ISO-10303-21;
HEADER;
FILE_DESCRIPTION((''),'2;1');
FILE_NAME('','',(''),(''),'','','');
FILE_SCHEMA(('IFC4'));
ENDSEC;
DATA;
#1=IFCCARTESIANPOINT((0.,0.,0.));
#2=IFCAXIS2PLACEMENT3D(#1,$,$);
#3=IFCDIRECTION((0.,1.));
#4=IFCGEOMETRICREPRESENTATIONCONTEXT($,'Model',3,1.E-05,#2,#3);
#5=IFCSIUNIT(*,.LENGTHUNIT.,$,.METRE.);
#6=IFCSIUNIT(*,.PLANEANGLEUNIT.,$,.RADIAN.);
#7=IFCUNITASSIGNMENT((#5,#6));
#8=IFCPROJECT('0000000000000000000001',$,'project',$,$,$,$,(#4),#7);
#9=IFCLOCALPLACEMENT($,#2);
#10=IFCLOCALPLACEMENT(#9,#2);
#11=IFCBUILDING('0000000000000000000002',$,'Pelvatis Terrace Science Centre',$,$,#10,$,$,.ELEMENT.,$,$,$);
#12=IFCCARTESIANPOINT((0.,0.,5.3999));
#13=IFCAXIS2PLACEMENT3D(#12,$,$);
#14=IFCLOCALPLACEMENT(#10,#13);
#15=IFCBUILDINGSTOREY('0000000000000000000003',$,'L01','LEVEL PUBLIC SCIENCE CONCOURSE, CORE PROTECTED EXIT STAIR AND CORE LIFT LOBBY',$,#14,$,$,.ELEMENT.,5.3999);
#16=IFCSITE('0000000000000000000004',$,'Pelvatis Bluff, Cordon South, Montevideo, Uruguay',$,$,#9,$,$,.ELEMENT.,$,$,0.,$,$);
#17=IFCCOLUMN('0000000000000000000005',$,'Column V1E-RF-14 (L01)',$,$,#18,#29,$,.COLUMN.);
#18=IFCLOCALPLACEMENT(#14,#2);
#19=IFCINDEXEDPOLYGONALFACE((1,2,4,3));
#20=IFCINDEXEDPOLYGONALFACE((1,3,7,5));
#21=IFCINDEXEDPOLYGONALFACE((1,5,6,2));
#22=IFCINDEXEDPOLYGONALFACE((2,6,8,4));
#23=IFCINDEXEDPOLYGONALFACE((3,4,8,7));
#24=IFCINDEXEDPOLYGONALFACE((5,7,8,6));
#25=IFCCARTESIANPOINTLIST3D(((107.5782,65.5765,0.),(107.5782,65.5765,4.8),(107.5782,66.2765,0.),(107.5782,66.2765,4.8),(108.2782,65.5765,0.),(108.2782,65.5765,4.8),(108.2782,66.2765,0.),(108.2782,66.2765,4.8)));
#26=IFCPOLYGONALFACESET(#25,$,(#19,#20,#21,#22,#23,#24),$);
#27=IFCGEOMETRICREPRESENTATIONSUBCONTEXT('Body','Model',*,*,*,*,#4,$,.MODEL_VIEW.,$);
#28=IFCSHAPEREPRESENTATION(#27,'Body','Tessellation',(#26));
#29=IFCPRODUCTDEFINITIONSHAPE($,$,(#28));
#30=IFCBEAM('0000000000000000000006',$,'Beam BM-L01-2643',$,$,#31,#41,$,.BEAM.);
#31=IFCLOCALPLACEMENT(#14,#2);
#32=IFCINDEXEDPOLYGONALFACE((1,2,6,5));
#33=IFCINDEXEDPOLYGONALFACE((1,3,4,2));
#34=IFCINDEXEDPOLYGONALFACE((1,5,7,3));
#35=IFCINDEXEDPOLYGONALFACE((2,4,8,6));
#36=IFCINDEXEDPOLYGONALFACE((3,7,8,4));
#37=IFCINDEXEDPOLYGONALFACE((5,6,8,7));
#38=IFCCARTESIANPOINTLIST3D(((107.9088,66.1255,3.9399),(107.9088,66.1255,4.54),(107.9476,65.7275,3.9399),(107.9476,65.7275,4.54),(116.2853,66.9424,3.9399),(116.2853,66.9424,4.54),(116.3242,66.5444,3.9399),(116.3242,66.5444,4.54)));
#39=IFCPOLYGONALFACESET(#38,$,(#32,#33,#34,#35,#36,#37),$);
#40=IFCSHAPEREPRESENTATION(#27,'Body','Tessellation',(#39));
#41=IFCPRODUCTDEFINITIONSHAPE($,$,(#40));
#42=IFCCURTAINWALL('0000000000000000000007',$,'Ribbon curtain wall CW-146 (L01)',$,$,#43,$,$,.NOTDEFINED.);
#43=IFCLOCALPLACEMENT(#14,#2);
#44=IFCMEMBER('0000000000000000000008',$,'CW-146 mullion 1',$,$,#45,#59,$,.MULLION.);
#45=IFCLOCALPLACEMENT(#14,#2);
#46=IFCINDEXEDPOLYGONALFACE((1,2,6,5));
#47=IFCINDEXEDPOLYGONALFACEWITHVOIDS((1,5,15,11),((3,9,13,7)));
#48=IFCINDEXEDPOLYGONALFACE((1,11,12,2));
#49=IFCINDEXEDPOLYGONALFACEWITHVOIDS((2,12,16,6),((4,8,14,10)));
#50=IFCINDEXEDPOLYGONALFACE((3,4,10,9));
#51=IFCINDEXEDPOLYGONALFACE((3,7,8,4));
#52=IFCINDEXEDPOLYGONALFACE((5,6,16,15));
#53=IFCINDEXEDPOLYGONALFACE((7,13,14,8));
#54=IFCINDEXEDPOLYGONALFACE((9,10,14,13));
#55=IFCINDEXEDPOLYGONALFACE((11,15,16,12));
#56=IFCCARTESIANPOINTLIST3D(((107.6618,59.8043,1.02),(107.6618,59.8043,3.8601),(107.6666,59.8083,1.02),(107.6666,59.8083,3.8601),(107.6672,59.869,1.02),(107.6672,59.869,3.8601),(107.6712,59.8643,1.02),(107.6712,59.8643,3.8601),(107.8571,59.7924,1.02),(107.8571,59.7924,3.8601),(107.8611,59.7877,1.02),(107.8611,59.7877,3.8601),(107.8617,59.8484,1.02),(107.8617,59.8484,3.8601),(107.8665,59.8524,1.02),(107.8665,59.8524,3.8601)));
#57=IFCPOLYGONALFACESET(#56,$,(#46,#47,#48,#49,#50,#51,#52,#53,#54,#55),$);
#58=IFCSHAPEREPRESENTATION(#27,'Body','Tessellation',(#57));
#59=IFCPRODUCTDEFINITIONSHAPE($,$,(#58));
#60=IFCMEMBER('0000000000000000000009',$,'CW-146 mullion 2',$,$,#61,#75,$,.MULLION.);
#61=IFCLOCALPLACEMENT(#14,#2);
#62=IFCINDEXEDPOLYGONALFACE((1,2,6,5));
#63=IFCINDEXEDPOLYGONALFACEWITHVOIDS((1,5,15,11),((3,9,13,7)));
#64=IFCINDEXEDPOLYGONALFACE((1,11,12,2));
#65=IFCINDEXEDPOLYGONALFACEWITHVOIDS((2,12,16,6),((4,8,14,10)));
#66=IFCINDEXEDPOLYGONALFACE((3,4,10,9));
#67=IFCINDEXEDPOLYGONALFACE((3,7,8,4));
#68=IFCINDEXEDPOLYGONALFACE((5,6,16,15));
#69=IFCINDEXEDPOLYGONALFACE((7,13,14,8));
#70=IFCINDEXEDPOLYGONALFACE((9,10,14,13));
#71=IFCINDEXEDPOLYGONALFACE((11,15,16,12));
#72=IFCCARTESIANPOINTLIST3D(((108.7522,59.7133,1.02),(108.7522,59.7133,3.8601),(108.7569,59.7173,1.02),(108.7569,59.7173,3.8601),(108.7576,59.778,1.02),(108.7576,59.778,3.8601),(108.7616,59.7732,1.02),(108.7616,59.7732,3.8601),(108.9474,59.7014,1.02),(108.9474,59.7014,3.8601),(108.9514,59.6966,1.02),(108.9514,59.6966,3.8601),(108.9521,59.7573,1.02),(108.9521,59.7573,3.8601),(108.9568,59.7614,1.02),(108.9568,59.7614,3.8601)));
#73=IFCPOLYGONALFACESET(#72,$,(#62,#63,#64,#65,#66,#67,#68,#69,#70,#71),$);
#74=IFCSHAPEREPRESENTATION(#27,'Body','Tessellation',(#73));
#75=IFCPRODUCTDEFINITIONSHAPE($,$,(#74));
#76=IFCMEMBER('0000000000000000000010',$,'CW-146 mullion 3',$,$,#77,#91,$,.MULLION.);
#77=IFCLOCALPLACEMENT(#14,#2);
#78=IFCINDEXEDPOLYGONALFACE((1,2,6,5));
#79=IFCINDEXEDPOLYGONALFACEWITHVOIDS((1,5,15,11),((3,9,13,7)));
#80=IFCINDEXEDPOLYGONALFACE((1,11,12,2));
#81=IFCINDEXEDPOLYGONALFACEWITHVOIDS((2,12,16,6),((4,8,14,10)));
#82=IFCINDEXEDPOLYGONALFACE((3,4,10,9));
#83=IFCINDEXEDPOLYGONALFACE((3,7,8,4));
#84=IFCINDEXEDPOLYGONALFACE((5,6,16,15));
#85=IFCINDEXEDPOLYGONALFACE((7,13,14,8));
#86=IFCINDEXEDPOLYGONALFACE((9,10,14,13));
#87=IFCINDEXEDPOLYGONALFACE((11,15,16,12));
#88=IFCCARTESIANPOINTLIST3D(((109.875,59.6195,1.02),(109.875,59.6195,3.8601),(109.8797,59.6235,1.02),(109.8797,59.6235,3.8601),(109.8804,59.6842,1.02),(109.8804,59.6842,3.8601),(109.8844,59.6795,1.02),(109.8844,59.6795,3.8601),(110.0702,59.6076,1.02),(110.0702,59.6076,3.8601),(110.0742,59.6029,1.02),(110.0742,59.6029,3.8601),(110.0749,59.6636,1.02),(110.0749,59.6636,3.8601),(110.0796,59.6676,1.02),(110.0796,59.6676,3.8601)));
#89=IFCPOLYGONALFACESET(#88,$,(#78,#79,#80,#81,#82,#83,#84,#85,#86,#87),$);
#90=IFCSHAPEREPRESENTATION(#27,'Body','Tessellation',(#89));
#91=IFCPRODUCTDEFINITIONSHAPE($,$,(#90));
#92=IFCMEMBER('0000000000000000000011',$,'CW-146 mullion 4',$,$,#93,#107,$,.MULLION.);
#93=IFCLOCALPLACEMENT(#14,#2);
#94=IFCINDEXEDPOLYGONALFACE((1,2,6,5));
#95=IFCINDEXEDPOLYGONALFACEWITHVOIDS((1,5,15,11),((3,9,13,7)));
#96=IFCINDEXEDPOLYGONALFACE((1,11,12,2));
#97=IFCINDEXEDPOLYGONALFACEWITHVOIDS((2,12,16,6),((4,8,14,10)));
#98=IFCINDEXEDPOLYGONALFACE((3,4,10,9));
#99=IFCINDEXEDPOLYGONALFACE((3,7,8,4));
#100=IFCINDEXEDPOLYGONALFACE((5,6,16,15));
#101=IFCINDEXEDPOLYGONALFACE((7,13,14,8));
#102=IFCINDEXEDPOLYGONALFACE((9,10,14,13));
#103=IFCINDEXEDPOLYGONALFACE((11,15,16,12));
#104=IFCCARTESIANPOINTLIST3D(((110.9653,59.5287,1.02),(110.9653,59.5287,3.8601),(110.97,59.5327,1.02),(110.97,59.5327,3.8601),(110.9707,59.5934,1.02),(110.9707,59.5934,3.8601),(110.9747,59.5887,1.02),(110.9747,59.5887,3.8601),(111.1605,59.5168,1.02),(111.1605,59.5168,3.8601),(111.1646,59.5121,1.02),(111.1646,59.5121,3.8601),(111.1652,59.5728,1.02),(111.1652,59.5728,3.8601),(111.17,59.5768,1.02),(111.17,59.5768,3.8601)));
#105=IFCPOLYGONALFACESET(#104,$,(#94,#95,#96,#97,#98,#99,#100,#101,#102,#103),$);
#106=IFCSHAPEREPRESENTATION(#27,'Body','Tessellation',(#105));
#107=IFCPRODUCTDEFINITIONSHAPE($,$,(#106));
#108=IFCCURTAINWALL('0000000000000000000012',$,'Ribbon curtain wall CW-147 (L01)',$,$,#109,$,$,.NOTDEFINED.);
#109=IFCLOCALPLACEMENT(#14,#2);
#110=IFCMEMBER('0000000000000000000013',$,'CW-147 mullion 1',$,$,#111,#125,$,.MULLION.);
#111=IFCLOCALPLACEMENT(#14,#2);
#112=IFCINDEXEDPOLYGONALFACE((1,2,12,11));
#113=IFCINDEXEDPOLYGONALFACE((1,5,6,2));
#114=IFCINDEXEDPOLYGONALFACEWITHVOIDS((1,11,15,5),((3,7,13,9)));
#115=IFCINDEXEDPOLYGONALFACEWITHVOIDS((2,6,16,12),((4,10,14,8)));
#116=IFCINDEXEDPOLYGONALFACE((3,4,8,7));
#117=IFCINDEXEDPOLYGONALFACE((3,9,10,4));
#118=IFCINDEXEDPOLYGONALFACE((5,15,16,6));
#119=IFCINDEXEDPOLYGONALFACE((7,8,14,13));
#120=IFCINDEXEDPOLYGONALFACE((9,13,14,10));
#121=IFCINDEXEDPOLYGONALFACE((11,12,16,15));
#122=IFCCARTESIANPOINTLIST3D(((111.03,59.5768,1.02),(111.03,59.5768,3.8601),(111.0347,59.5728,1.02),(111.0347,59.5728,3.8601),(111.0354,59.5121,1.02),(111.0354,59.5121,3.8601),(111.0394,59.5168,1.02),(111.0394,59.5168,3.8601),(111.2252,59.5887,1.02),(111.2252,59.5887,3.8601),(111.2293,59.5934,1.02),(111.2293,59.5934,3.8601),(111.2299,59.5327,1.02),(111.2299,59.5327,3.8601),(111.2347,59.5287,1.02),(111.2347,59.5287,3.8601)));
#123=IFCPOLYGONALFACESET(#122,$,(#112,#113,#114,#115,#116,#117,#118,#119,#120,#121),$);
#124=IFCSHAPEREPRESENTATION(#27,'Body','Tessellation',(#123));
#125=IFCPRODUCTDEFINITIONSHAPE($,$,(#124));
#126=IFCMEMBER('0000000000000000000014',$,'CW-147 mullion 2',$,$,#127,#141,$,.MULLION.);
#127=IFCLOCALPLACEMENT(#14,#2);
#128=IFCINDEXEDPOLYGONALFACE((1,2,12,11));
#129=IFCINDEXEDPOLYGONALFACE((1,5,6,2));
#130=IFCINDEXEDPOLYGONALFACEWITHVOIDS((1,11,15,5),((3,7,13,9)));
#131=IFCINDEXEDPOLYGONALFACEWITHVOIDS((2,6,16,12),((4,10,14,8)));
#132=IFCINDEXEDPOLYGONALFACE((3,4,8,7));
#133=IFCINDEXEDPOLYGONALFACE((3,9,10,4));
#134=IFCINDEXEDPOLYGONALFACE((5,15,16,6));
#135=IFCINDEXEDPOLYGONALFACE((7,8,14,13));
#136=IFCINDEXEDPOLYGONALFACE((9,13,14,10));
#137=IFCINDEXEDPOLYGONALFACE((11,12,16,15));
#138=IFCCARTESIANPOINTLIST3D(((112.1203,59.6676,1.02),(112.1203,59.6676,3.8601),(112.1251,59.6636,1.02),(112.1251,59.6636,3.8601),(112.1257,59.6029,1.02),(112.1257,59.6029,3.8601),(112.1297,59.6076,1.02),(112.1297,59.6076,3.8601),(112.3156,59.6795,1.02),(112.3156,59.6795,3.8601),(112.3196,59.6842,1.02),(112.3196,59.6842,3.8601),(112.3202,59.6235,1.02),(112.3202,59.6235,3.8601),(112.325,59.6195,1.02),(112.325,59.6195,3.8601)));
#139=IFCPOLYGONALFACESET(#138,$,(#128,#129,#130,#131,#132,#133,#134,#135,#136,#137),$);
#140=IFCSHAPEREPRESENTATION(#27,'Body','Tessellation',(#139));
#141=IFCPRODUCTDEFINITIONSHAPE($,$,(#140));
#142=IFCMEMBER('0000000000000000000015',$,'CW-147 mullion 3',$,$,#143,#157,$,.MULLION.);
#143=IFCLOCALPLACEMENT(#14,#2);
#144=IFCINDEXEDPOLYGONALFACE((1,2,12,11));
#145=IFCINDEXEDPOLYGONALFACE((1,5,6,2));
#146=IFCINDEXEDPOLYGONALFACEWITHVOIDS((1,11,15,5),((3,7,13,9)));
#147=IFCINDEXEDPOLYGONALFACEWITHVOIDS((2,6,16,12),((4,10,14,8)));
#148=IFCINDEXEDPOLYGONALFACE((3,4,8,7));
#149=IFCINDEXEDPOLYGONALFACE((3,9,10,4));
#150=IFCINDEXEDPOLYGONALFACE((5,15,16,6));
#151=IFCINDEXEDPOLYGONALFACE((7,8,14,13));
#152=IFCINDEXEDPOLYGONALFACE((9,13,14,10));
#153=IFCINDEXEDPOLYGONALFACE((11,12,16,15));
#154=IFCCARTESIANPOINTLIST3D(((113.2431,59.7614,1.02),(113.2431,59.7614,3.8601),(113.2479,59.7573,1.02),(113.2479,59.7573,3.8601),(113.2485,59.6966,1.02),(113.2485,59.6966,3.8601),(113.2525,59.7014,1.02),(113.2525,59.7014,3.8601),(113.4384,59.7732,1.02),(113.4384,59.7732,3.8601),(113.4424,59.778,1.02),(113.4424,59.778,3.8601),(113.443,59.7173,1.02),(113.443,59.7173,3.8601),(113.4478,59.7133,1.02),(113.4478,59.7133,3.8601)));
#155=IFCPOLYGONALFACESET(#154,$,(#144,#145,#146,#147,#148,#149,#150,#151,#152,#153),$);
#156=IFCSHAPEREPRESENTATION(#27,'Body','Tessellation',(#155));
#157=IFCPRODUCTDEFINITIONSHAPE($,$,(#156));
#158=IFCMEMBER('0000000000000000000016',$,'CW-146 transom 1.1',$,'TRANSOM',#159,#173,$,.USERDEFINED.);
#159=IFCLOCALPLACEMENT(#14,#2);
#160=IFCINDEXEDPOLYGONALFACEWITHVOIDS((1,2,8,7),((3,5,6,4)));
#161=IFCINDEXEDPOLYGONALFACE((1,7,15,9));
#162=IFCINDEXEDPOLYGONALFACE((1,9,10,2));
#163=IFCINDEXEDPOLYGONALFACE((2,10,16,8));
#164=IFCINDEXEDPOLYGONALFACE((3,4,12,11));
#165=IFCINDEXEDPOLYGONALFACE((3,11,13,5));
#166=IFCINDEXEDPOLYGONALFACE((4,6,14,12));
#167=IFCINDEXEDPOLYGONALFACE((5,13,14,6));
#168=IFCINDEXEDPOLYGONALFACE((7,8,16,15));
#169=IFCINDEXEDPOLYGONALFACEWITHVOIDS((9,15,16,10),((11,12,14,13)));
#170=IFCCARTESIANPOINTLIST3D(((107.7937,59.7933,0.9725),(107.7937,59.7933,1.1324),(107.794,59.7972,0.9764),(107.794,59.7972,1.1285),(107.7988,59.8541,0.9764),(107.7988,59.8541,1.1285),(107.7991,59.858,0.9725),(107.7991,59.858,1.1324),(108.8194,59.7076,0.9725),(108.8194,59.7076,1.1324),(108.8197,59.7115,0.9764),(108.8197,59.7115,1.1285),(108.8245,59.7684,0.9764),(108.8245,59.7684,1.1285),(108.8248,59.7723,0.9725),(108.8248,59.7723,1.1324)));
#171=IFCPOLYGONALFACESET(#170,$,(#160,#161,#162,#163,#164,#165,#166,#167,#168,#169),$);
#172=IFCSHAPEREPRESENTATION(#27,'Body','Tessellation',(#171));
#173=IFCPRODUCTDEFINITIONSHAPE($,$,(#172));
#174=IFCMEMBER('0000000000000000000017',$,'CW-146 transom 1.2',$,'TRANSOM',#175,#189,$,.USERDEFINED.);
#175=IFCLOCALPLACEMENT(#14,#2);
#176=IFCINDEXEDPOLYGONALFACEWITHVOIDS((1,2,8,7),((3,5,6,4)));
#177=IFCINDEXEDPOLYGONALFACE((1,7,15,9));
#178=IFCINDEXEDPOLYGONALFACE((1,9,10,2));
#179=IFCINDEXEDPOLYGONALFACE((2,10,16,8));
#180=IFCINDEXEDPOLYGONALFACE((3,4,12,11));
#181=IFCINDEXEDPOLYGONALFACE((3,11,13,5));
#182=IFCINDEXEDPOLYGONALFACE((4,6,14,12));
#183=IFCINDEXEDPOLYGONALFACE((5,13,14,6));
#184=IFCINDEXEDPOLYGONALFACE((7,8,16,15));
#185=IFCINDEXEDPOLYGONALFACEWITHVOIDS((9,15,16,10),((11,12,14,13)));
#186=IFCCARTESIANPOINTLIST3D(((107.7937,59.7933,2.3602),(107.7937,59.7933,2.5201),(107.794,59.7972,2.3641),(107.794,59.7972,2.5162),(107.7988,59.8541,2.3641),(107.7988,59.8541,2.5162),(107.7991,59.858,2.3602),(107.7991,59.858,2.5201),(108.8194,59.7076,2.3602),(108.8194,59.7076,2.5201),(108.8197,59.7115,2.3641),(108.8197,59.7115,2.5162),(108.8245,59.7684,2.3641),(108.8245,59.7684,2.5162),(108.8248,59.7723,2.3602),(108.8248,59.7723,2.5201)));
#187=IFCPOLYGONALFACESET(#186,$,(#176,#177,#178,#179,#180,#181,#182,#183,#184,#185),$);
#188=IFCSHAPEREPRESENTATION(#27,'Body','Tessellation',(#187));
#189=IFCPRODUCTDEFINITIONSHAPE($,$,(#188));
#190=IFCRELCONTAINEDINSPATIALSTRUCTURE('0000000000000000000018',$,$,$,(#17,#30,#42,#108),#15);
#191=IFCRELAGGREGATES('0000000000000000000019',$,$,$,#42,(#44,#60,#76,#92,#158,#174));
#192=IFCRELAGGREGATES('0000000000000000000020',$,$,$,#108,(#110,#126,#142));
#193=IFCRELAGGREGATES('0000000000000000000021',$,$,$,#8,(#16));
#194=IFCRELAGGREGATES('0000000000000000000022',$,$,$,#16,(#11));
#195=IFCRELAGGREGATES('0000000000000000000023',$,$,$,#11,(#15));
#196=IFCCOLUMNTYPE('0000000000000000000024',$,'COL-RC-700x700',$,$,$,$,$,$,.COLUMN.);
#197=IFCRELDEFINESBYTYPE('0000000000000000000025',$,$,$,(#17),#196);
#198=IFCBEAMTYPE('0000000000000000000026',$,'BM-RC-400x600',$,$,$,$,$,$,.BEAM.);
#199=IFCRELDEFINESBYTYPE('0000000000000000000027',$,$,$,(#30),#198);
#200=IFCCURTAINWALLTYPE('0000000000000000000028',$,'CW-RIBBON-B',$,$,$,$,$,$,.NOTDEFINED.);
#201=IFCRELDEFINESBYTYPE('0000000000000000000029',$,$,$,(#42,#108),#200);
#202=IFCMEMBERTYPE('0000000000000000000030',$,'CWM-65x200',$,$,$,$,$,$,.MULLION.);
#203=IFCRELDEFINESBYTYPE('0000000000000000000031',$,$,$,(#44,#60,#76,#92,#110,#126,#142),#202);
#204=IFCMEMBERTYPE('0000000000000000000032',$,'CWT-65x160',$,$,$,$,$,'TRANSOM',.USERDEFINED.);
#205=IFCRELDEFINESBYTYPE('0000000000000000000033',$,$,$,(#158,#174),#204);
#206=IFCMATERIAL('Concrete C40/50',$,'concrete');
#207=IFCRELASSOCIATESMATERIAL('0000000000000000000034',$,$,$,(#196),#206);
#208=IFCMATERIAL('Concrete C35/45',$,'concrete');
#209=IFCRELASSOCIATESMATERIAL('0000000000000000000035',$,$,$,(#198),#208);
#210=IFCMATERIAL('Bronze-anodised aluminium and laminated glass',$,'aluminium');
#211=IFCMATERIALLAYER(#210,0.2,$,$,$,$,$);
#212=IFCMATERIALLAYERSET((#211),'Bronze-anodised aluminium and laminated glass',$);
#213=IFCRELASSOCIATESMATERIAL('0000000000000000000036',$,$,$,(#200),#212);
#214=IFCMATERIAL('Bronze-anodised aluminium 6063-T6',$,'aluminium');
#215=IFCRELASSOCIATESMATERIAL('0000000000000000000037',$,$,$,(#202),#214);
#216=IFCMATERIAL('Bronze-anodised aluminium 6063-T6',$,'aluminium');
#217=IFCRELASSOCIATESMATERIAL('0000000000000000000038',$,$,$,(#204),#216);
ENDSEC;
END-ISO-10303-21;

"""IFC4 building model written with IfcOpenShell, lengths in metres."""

from ifc_helpers import new_model, si_unit, direction, frame, origin, origin_2d, place, context, subcontext, project, spatial, rectangle, hollow_rectangle, extrude, material, layer, layer_set, material_profile, profile_set, type_object, element, aggregate, save


model = new_model("IFC4")

# Units and contexts
model_context = context("Model", 3, precision=1e-05, world=origin(), true_north=direction((0.0, 1.0)))
body_context = subcontext(model_context, "Body", "Model", "MODEL_VIEW")
ifc_project = project(units=[si_unit("LENGTHUNIT", "METRE"), si_unit("PLANEANGLEUNIT", "RADIAN")], contexts=[model_context])

# Site, building, storey
site_placement = place(None, origin())
site = spatial("IfcSite", under=ifc_project, at=site_placement, Name="Pelvatis Bluff, Cordon South, Montevideo, Uruguay", CompositionType="ELEMENT", RefElevation=0.0)
building_placement = place(site_placement, origin())
building = spatial("IfcBuilding", under=site, at=building_placement, Name="Pelvatis Terrace Science Centre", CompositionType="ELEMENT")
storey_placement = place(building_placement, frame((0.0, 0.0, 5.3999)))
storey = spatial("IfcBuildingStorey", under=building, at=storey_placement, Name="L01", Description="LEVEL PUBLIC SCIENCE CONCOURSE, CORE PROTECTED EXIT STAIR AND CORE LIFT LOBBY", CompositionType="ELEMENT", Elevation=5.3999)

# Column
ifc_material_1 = material(Name="Concrete C40/50", Category="concrete")
ifc_material_profile_1 = material_profile(ifc_material_1, rectangle(XDim=0.7, YDim=0.7, at=origin_2d()), Name="RC-COL 700x700")
ifc_profile_set_1 = profile_set([ifc_material_profile_1], Name="Concrete C40/50")
column_type = type_object("IfcColumnType", Name="COL-RC-700x700", PredefinedType="COLUMN", material=ifc_profile_set_1)
column_placement = place(storey_placement, frame((107.9282, 65.9265, 0.0), z_axis=(0.0, 0.0, 1.0), x_axis=(1.0, 0.0, 0.0)))
element("IfcColumn", 1, at=column_placement, inside=storey, type_object=column_type, Name="Column V1E-RF-14 (L01)", PredefinedType="COLUMN", context=body_context, shape_type="SweptSolid", body=[
    extrude(rectangle(XDim=0.7, YDim=0.7, at=origin_2d()), origin(), (0.0, 0.0, 1.0), 4.8),
])

# Beam
ifc_material_2 = material(Name="Concrete C35/45", Category="concrete")
ifc_material_profile_2 = material_profile(ifc_material_2, rectangle(XDim=0.3999, YDim=0.6001, at=origin_2d()), Name="RC-BM 400x600")
ifc_profile_set_2 = profile_set([ifc_material_profile_2], Name="Concrete C35/45")
beam_type_1 = type_object("IfcBeamType", Name="BM-RC-400x600", PredefinedType="BEAM", material=ifc_profile_set_2)
beam_1_placement = place(storey_placement, frame((107.9282, 65.9265, 4.24), z_axis=(0.995278, 0.097062, 0.0), x_axis=(-0.097062, 0.995278, 0.0)))
element("IfcBeam", 2, at=beam_1_placement, inside=storey, type_object=beam_type_1, Name="Beam BM-L01-2643", PredefinedType="BEAM", context=body_context, shape_type="SweptSolid", body=[
    extrude(rectangle(XDim=0.3999, YDim=0.6001, at=origin_2d()), origin(), (0.0, 0.0, 1.0), 8.4163),
])

# Curtain walls, members
ifc_material_3 = material(Name="Bronze-anodised aluminium and laminated glass", Category="aluminium")
ifc_layer_1 = layer(ifc_material_3, 0.2)
ifc_layer_set_1 = layer_set([ifc_layer_1], Name="Bronze-anodised aluminium and laminated glass")
curtain_wall_type = type_object("IfcCurtainWallType", Name="CW-RIBBON-B", PredefinedType="NOTDEFINED", material=ifc_layer_set_1)
curtain_wall_1_placement = place(storey_placement, origin())
curtain_wall_1 = element("IfcCurtainWall", 3, at=curtain_wall_1_placement, inside=storey, type_object=curtain_wall_type, Name="Ribbon curtain wall CW-146 (L01)", PredefinedType="NOTDEFINED")
ifc_material_4 = material(Name="Bronze-anodised aluminium 6063-T6", Category="aluminium")
ifc_material_profile_3 = material_profile(ifc_material_4, hollow_rectangle(XDim=0.0649, YDim=0.2, WallThickness=0.0044, at=origin_2d()), Name="ALU-MUL 65x200")
ifc_profile_set_3 = profile_set([ifc_material_profile_3], Name="Bronze-anodised aluminium 6063-T6")
member_type_1 = type_object("IfcMemberType", Name="CWM-65x200", PredefinedType="MULLION", material=ifc_profile_set_3)
member_1_placement = place(storey_placement, frame((107.7642, 59.8284, 1.02), z_axis=(0.0, 0.0, 1.0), x_axis=(0.083136, 0.996538, 0.0)))
member_1 = element("IfcMember", 4, at=member_1_placement, type_object=member_type_1, Name="CW-146 mullion 1", PredefinedType="MULLION", context=body_context, shape_type="SweptSolid", body=[
    extrude(hollow_rectangle(XDim=0.0649, YDim=0.2, WallThickness=0.0044, at=origin_2d()), origin(), (0.0, 0.0, 1.0), 2.8401),
])
member_2_placement = place(storey_placement, frame((108.8545, 59.7373, 1.02), z_axis=(0.0, 0.0, 1.0), x_axis=(0.083136, 0.996538, 0.0)))
member_2 = element("IfcMember", 5, at=member_2_placement, type_object=member_type_1, Name="CW-146 mullion 2", PredefinedType="MULLION", context=body_context, shape_type="SweptSolid", body=[
    extrude(hollow_rectangle(XDim=0.0649, YDim=0.2, WallThickness=0.0044, at=origin_2d()), origin(), (0.0, 0.0, 1.0), 2.8401),
])
member_3_placement = place(storey_placement, frame((109.9773, 59.6436, 1.02), z_axis=(0.0, 0.0, 1.0), x_axis=(0.083136, 0.996538, 0.0)))
member_3 = element("IfcMember", 6, at=member_3_placement, type_object=member_type_1, Name="CW-146 mullion 3", PredefinedType="MULLION", context=body_context, shape_type="SweptSolid", body=[
    extrude(hollow_rectangle(XDim=0.0649, YDim=0.2, WallThickness=0.0044, at=origin_2d()), origin(), (0.0, 0.0, 1.0), 2.8401),
])
member_4_placement = place(storey_placement, frame((111.0676, 59.5527, 1.02), z_axis=(0.0, 0.0, 1.0), x_axis=(0.083136, 0.996538, 0.0)))
member_4 = element("IfcMember", 7, at=member_4_placement, type_object=member_type_1, Name="CW-146 mullion 4", PredefinedType="MULLION", context=body_context, shape_type="SweptSolid", body=[
    extrude(hollow_rectangle(XDim=0.0649, YDim=0.2, WallThickness=0.0044, at=origin_2d()), origin(), (0.0, 0.0, 1.0), 2.8401),
])
curtain_wall_2_placement = place(storey_placement, origin())
curtain_wall_2 = element("IfcCurtainWall", 8, at=curtain_wall_2_placement, inside=storey, type_object=curtain_wall_type, Name="Ribbon curtain wall CW-147 (L01)", PredefinedType="NOTDEFINED")
member_5_placement = place(storey_placement, frame((111.1323, 59.5527, 1.02), z_axis=(0.0, 0.0, 1.0), x_axis=(-0.083136, 0.996538, 0.0)))
member_5 = element("IfcMember", 9, at=member_5_placement, type_object=member_type_1, Name="CW-147 mullion 1", PredefinedType="MULLION", context=body_context, shape_type="SweptSolid", body=[
    extrude(hollow_rectangle(XDim=0.0649, YDim=0.2, WallThickness=0.0044, at=origin_2d()), origin(), (0.0, 0.0, 1.0), 2.8401),
])
member_6_placement = place(storey_placement, frame((112.2227, 59.6436, 1.02), z_axis=(0.0, 0.0, 1.0), x_axis=(-0.083136, 0.996538, 0.0)))
member_6 = element("IfcMember", 10, at=member_6_placement, type_object=member_type_1, Name="CW-147 mullion 2", PredefinedType="MULLION", context=body_context, shape_type="SweptSolid", body=[
    extrude(hollow_rectangle(XDim=0.0649, YDim=0.2, WallThickness=0.0044, at=origin_2d()), origin(), (0.0, 0.0, 1.0), 2.8401),
])
member_7_placement = place(storey_placement, frame((113.3455, 59.7373, 1.02), z_axis=(0.0, 0.0, 1.0), x_axis=(-0.083136, 0.996538, 0.0)))
member_7 = element("IfcMember", 11, at=member_7_placement, type_object=member_type_1, Name="CW-147 mullion 3", PredefinedType="MULLION", context=body_context, shape_type="SweptSolid", body=[
    extrude(hollow_rectangle(XDim=0.0649, YDim=0.2, WallThickness=0.0044, at=origin_2d()), origin(), (0.0, 0.0, 1.0), 2.8401),
])

# Members
ifc_material_5 = material(Name="Bronze-anodised aluminium 6063-T6", Category="aluminium")
ifc_material_profile_4 = material_profile(ifc_material_5, hollow_rectangle(XDim=0.0649, YDim=0.1599, WallThickness=0.0039, at=origin_2d()), Name="ALU-TRN 65x160")
ifc_profile_set_4 = profile_set([ifc_material_profile_4], Name="Bronze-anodised aluminium 6063-T6")
member_type_2 = type_object("IfcMemberType", Name="CWT-65x160", ElementType="TRANSOM", PredefinedType="USERDEFINED", material=ifc_profile_set_4)
member_8_placement = place(storey_placement, frame((107.7964, 59.8257, 1.0525), z_axis=(0.996528, -0.083261, 0.0), x_axis=(0.083261, 0.996528, 0.0)))
member_8 = element("IfcMember", 12, at=member_8_placement, type_object=member_type_2, Name="CW-146 transom 1.1", ObjectType="TRANSOM", PredefinedType="USERDEFINED", context=body_context, shape_type="SweptSolid", body=[
    extrude(hollow_rectangle(XDim=0.0649, YDim=0.1599, WallThickness=0.0039, at=origin_2d()), origin(), (0.0, 0.0, 1.0), 1.0293),
])
member_9_placement = place(storey_placement, frame((107.7964, 59.8257, 2.4402), z_axis=(0.996528, -0.083261, 0.0), x_axis=(0.083261, 0.996528, 0.0)))
member_9 = element("IfcMember", 13, at=member_9_placement, type_object=member_type_2, Name="CW-146 transom 1.2", ObjectType="TRANSOM", PredefinedType="USERDEFINED", context=body_context, shape_type="SweptSolid", body=[
    extrude(hollow_rectangle(XDim=0.0649, YDim=0.1599, WallThickness=0.0039, at=origin_2d()), origin(), (0.0, 0.0, 1.0), 1.0293),
])

aggregate(curtain_wall_1, [member_1, member_2, member_3, member_4, member_8, member_9])
aggregate(curtain_wall_2, [member_5, member_6, member_7])

save(model, "model.ifc")
